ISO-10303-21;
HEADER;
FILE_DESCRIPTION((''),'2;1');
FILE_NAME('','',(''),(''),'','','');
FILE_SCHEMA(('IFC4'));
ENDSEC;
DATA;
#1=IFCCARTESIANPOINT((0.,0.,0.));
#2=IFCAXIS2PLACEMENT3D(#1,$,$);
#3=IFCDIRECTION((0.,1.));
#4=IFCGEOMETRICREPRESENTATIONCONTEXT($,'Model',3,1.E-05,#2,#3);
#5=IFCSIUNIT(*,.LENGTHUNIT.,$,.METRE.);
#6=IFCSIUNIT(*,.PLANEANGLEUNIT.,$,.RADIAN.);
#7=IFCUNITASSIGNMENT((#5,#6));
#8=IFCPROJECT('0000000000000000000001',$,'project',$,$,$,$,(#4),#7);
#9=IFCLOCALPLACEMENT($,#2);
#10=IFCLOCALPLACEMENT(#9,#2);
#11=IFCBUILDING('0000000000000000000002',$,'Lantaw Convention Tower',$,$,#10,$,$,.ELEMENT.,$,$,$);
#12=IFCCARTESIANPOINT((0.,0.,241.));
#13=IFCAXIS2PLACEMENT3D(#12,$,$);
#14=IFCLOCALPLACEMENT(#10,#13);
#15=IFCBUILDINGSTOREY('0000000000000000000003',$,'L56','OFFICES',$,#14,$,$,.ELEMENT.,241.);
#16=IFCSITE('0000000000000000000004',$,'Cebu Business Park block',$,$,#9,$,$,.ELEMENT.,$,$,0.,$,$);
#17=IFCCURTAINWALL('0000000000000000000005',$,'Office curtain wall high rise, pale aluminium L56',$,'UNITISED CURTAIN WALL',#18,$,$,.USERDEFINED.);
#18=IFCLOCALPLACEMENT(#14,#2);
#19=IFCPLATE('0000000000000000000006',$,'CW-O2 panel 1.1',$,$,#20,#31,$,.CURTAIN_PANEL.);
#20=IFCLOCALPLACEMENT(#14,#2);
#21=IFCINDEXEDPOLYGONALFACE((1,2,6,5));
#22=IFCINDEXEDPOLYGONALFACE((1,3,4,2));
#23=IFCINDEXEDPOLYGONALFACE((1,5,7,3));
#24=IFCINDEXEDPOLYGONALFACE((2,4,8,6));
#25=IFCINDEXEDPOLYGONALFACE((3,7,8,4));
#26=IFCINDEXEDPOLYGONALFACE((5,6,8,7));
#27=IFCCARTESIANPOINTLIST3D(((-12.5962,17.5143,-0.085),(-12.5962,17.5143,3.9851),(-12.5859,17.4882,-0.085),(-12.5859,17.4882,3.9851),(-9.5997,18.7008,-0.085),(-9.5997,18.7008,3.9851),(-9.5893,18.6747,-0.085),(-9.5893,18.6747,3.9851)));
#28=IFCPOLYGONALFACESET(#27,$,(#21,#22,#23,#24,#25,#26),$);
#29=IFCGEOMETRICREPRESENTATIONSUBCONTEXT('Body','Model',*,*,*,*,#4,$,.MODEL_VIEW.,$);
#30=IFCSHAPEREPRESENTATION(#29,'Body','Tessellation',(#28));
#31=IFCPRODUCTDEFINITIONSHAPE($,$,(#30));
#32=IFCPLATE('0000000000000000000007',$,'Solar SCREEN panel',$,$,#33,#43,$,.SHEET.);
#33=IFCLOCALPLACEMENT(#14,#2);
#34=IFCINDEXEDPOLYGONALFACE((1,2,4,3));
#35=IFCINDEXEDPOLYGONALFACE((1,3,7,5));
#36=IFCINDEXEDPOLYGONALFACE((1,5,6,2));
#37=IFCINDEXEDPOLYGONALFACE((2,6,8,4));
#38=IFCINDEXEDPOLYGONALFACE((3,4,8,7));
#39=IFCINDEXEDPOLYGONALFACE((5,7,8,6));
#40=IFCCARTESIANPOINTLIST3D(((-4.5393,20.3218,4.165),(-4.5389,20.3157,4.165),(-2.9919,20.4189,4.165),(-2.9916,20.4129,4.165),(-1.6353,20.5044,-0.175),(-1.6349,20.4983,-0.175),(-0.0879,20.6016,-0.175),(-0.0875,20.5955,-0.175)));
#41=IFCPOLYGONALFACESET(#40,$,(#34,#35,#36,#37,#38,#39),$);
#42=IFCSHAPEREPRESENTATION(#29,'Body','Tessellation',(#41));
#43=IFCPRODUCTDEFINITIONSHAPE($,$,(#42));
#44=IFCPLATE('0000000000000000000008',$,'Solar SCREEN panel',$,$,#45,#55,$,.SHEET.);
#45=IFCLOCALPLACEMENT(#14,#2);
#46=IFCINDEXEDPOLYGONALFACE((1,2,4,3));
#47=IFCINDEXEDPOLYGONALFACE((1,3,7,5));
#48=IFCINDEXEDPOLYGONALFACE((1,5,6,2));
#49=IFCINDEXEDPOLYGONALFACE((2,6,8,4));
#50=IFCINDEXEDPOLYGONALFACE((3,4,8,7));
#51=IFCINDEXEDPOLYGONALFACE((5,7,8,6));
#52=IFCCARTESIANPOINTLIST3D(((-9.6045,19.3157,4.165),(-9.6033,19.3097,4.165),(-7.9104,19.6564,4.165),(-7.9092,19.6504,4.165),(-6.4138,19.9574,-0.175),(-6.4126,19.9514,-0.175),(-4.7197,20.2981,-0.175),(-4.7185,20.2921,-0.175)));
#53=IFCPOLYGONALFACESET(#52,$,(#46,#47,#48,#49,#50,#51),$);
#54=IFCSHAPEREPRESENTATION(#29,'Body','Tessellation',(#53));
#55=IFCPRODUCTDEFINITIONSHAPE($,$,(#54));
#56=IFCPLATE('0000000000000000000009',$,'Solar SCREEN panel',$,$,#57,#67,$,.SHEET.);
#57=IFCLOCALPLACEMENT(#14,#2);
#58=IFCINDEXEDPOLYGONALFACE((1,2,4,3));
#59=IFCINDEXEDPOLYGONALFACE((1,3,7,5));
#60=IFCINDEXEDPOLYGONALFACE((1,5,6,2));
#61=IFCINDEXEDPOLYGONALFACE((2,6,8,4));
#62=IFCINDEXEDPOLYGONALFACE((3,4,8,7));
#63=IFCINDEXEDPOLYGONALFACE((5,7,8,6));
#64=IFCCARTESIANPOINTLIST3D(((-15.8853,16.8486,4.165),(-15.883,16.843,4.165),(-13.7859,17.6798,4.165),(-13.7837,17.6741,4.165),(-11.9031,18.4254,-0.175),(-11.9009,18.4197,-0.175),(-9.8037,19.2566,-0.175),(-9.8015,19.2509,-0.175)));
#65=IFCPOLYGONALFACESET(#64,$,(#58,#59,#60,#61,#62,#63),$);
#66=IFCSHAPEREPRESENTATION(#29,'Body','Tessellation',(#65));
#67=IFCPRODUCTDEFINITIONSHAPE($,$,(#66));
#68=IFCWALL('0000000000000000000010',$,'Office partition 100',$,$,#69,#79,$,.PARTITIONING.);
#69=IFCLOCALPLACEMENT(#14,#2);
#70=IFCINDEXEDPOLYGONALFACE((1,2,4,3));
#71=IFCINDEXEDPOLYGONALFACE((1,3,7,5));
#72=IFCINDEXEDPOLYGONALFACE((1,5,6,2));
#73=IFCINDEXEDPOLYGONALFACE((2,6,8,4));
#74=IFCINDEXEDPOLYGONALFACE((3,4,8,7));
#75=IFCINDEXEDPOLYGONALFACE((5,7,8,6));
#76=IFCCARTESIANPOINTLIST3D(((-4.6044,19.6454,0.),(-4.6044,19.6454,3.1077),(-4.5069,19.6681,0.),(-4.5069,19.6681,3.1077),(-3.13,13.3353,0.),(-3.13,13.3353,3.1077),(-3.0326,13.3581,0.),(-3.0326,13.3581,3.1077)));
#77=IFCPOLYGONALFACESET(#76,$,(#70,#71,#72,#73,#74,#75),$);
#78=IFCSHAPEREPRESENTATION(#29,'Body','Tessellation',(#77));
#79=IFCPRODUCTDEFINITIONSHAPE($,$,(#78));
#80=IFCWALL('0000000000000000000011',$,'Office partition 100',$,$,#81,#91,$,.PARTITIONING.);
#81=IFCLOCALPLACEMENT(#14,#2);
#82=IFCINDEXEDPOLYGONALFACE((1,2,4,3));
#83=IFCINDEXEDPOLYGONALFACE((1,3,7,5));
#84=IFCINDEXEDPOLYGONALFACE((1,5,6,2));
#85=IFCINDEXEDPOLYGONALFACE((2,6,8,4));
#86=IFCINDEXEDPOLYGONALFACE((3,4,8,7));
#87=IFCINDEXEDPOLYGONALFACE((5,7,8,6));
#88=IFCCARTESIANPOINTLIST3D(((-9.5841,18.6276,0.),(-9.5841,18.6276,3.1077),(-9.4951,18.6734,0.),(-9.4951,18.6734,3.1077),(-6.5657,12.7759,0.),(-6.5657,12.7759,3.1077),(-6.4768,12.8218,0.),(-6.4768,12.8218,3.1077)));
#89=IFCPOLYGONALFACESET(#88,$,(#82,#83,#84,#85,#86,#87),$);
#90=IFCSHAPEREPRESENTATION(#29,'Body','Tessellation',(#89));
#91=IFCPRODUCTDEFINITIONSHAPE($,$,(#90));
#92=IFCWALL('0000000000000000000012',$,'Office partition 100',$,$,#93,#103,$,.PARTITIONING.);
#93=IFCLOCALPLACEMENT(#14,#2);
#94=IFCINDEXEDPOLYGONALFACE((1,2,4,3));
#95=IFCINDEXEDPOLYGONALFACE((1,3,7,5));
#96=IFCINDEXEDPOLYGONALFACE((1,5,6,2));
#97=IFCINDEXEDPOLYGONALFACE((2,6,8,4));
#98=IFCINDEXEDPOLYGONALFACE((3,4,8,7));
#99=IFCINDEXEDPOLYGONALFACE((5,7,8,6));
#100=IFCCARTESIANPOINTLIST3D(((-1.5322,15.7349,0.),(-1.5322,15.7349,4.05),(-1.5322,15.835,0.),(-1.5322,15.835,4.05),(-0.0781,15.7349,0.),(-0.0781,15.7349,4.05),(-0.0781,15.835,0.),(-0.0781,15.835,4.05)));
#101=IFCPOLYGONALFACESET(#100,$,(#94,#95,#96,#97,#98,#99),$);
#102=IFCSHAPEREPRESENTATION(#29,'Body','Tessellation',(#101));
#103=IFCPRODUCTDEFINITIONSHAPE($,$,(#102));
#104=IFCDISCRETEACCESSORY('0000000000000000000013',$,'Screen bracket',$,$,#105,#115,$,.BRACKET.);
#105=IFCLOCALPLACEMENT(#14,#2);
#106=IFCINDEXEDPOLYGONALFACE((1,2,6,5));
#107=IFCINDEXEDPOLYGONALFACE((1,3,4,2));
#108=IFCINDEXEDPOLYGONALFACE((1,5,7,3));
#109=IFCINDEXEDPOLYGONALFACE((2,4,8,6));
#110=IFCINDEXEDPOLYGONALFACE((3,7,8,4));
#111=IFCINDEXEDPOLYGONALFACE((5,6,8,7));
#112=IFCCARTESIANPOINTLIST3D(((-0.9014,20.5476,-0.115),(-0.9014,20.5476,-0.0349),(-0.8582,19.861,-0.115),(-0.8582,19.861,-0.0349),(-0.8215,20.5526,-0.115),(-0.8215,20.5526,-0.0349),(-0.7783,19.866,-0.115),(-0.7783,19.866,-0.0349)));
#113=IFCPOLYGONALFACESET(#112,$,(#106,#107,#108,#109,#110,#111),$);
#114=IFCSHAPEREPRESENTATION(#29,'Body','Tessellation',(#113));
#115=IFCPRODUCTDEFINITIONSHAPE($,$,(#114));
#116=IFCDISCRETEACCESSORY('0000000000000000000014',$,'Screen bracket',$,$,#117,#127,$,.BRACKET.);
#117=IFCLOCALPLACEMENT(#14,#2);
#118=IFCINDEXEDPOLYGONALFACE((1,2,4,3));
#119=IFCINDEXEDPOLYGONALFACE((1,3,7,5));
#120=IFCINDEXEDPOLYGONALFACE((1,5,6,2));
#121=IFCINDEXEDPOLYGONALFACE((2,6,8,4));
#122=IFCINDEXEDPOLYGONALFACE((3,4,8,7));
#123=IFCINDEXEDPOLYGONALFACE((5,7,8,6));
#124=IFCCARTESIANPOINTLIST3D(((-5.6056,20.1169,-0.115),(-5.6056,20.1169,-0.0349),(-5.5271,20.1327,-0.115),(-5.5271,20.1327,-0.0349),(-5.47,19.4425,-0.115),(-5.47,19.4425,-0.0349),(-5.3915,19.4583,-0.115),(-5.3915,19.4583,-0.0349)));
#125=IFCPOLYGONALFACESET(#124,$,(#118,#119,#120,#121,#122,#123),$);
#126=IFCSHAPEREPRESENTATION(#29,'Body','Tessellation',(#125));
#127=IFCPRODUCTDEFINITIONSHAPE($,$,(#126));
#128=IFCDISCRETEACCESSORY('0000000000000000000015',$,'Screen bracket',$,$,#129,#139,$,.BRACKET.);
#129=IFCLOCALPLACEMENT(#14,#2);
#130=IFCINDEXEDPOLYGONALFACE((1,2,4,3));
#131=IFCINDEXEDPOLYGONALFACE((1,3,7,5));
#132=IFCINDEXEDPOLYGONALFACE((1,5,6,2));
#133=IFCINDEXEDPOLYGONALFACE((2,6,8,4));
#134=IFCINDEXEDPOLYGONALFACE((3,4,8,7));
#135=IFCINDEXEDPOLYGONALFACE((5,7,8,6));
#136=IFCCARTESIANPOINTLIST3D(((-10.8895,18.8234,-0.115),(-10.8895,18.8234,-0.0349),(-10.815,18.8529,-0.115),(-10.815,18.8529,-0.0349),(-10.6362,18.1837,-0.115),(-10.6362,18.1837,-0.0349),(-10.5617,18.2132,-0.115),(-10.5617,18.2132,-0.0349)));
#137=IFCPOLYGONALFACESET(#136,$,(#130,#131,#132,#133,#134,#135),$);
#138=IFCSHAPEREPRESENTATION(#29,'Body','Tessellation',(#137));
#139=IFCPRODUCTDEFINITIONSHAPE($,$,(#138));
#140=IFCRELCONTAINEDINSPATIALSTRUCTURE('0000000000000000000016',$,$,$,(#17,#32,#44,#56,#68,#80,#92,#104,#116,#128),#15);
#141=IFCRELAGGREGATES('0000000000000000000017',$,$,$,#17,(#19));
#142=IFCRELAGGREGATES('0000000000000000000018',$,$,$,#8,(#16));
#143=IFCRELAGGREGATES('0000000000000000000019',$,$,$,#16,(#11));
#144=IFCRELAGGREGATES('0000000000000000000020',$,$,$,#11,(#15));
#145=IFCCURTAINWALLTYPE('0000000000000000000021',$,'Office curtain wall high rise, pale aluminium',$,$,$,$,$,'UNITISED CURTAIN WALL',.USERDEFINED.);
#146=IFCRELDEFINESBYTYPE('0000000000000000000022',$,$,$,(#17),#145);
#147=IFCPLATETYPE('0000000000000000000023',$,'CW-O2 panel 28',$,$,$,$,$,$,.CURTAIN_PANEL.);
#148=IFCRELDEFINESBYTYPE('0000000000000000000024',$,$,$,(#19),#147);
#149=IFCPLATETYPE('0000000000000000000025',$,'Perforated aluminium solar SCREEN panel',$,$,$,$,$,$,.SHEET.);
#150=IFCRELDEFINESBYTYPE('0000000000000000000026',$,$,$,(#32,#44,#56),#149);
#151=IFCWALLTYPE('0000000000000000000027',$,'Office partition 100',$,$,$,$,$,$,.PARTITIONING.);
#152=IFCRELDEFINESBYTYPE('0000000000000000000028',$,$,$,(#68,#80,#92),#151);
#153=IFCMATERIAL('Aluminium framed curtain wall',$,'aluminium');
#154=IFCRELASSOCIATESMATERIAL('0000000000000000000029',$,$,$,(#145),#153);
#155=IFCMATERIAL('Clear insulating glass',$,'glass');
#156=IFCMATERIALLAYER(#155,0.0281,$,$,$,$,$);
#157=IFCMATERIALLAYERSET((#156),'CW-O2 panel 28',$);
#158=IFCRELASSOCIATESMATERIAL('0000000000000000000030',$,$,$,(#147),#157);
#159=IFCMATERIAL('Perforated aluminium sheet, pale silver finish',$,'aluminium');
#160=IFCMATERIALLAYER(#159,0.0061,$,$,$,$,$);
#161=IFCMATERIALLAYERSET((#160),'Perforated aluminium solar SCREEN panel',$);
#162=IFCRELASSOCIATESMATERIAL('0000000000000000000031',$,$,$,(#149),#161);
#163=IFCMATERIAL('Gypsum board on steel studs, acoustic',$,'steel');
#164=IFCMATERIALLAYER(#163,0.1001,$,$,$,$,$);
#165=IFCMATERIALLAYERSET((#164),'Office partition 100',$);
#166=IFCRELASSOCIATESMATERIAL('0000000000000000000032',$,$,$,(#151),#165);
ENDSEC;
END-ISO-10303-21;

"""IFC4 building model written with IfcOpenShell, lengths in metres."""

from ifc_helpers import new_model, si_unit, direction, frame, frame_2d, origin, origin_2d, place, context, subcontext, project, spatial, polyline, rectangle, outline, extrude, material, layer, layer_set, type_object, element, aggregate, save


model = new_model("IFC4")

# Units and contexts
model_context = context("Model", 3, precision=1e-05, world=origin(), true_north=direction((0.0, 1.0)))
body_context = subcontext(model_context, "Body", "Model", "MODEL_VIEW")
ifc_project = project(units=[si_unit("LENGTHUNIT", "METRE"), si_unit("PLANEANGLEUNIT", "RADIAN")], contexts=[model_context])

# Site, building, storey
site_placement = place(None, origin())
site = spatial("IfcSite", under=ifc_project, at=site_placement, Name="Cebu Business Park block", CompositionType="ELEMENT", RefElevation=0.0)
building_placement = place(site_placement, origin())
building = spatial("IfcBuilding", under=site, at=building_placement, Name="Lantaw Convention Tower", CompositionType="ELEMENT")
storey_placement = place(building_placement, frame((0.0, 0.0, 241.0)))
storey = spatial("IfcBuildingStorey", under=building, at=storey_placement, Name="L56", Description="OFFICES", CompositionType="ELEMENT", Elevation=241.0)

# Shared definitions
ifc_material_1 = material(Name="Aluminium framed curtain wall", Category="aluminium")
curtain_wall_type = type_object("IfcCurtainWallType", Name="Office curtain wall high rise, pale aluminium", ElementType="UNITISED CURTAIN WALL", PredefinedType="USERDEFINED", material=ifc_material_1)

# Curtain wall
curtain_wall_1_placement = place(storey_placement, origin())
curtain_wall_1 = element("IfcCurtainWall", 1, at=curtain_wall_1_placement, inside=storey, type_object=curtain_wall_type, Name="Office curtain wall high rise, pale aluminium L56", ObjectType="UNITISED CURTAIN WALL", PredefinedType="USERDEFINED")

# Plate
ifc_material_2 = material(Name="Clear insulating glass", Category="glass")
ifc_layer_1 = layer(ifc_material_2, 0.0281)
ifc_layer_set_1 = layer_set([ifc_layer_1], Name="CW-O2 panel 28")
plate_type_1 = type_object("IfcPlateType", Name="CW-O2 panel 28", PredefinedType="CURTAIN_PANEL", material=ifc_layer_set_1)
plate_1_placement = place(storey_placement, frame((-11.0928, 18.0945, -0.085), z_axis=(0.0, 0.0, 1.0), x_axis=(-0.929762, -0.368162, 0.0)))
plate_1 = element("IfcPlate", 2, at=plate_1_placement, type_object=plate_type_1, Name="CW-O2 panel 1.1", PredefinedType="CURTAIN_PANEL", context=body_context, shape_type="SweptSolid", body=[
    extrude(rectangle(XDim=3.2229, YDim=0.0281, at=origin_2d()), origin(), (0.0, 0.0, 1.0), 4.0701),
])
aggregate(curtain_wall_1, [plate_1])

# Plates
ifc_material_3 = material(Name="Perforated aluminium sheet, pale silver finish", Category="aluminium")
ifc_layer_2 = layer(ifc_material_3, 0.0061)
ifc_layer_set_2 = layer_set([ifc_layer_2], Name="Perforated aluminium solar SCREEN panel")
plate_type_2 = type_object("IfcPlateType", Name="Perforated aluminium solar SCREEN panel", PredefinedType="SHEET", material=ifc_layer_set_2)
plate_2_placement = place(storey_placement, frame((-0.0879, 20.6016, -0.175), z_axis=(-0.062672, 0.998034, 0.000059), x_axis=(-0.998034, -0.062672, 0.0)))
element("IfcPlate", 3, at=plate_2_placement, inside=storey, type_object=plate_type_2, Name="Solar SCREEN panel", PredefinedType="SHEET", context=body_context, shape_type="SweptSolid", body=[
    extrude(outline(polyline([(0.0, 0.0), (1.5504, 0.0), (4.4602, 4.3401), (2.9098, 4.3401), (0.0, 0.0)])), origin(), (0.0, 0.0, -1.0), 0.0061),
])
plate_3_placement = place(storey_placement, frame((-4.7197, 20.2981, -0.175), z_axis=(-0.197162, 0.980371, 0.000011), x_axis=(-0.980371, -0.197162, 0.0)))
element("IfcPlate", 4, at=plate_3_placement, inside=storey, type_object=plate_type_2, Name="Solar SCREEN panel", PredefinedType="SHEET", context=body_context, shape_type="SweptSolid", body=[
    extrude(outline(polyline([(0.0, 0.0), (1.728, 0.0), (4.9826, 4.3401), (3.2546, 4.3401), (0.0, 0.0)])), origin(), (0.0, 0.0, -1.0), 0.0061),
])
plate_4_placement = place(storey_placement, frame((-9.8037, 19.2566, -0.175), z_axis=(-0.368117, 0.92978, 0.000036), x_axis=(-0.92978, -0.368117, 0.0)))
element("IfcPlate", 5, at=plate_4_placement, inside=storey, type_object=plate_type_2, Name="Solar SCREEN panel", PredefinedType="SHEET", context=body_context, shape_type="SweptSolid", body=[
    extrude(outline(polyline([(0.0, 0.0), (2.258, 0.0), (6.5409, 4.3401), (4.283, 4.3401), (0.0, 0.0)])), origin(), (0.0, 0.0, -1.0), 0.0061),
])

# Walls
ifc_material_4 = material(Name="Gypsum board on steel studs, acoustic", Category="steel")
ifc_layer_3 = layer(ifc_material_4, 0.1001)
ifc_layer_set_3 = layer_set([ifc_layer_3], Name="Office partition 100")
wall_type = type_object("IfcWallType", Name="Office partition 100", PredefinedType="PARTITIONING", material=ifc_layer_set_3)
wall_1_placement = place(storey_placement, frame((-4.5557, 19.6567, 0.0), z_axis=(0.0, 0.0, 1.0), x_axis=(0.227525, -0.973772, 0.0)))
element("IfcWall", 6, at=wall_1_placement, inside=storey, type_object=wall_type, Name="Office partition 100", PredefinedType="PARTITIONING", context=body_context, shape_type="SweptSolid", body=[
    extrude(rectangle(XDim=6.48, YDim=0.1001, at=frame_2d((3.24, 0.0))), origin(), (0.0, 0.0, 1.0), 3.1077),
])
wall_2_placement = place(storey_placement, frame((-9.5396, 18.6504, 0.0), z_axis=(0.0, 0.0, 1.0), x_axis=(0.458421, -0.888735, 0.0)))
element("IfcWall", 7, at=wall_2_placement, inside=storey, type_object=wall_type, Name="Office partition 100", PredefinedType="PARTITIONING", context=body_context, shape_type="SweptSolid", body=[
    extrude(rectangle(XDim=6.5842, YDim=0.1001, at=frame_2d((3.292, 0.0))), origin(), (0.0, 0.0, 1.0), 3.1077),
])
wall_3_placement = place(storey_placement, frame((-1.5322, 15.7849, 0.0), z_axis=(0.0, 0.0, 1.0), x_axis=(1.0, 0.0, 0.0)))
element("IfcWall", 8, at=wall_3_placement, inside=storey, type_object=wall_type, Name="Office partition 100", PredefinedType="PARTITIONING", context=body_context, shape_type="SweptSolid", body=[
    extrude(rectangle(XDim=1.4541, YDim=0.1001, at=frame_2d((0.7271, 0.0))), origin(), (0.0, 0.0, 1.0), 4.05),
])

# Discrete accessories
for number, where, z_axis, x_axis, name in (
    (9, (-0.8398, 20.2068, -0.115), (0.0, 0.0, 1.0), (-0.998029, -0.062758, 0.0), "Screen bracket"),
    (10, (-5.4985, 19.7876, -0.115), (0.0, 0.0, 1.0), (-0.980367, -0.197183, 0.0), "Screen bracket"),
    (11, (-10.7256, 18.5183, -0.115), (0.0, 0.0, 1.0), (-0.929762, -0.368162, 0.0), "Screen bracket"),
):
    element("IfcDiscreteAccessory", number, at=place(storey_placement, frame(where, z_axis=z_axis, x_axis=x_axis)), inside=storey, Name=name, PredefinedType="BRACKET", context=body_context, shape_type="SweptSolid", body=[
        extrude(rectangle(XDim=0.0801, YDim=0.688, at=origin_2d()), origin(), (0.0, 0.0, 1.0), 0.0801),
    ])

save(model, "model.ifc")
